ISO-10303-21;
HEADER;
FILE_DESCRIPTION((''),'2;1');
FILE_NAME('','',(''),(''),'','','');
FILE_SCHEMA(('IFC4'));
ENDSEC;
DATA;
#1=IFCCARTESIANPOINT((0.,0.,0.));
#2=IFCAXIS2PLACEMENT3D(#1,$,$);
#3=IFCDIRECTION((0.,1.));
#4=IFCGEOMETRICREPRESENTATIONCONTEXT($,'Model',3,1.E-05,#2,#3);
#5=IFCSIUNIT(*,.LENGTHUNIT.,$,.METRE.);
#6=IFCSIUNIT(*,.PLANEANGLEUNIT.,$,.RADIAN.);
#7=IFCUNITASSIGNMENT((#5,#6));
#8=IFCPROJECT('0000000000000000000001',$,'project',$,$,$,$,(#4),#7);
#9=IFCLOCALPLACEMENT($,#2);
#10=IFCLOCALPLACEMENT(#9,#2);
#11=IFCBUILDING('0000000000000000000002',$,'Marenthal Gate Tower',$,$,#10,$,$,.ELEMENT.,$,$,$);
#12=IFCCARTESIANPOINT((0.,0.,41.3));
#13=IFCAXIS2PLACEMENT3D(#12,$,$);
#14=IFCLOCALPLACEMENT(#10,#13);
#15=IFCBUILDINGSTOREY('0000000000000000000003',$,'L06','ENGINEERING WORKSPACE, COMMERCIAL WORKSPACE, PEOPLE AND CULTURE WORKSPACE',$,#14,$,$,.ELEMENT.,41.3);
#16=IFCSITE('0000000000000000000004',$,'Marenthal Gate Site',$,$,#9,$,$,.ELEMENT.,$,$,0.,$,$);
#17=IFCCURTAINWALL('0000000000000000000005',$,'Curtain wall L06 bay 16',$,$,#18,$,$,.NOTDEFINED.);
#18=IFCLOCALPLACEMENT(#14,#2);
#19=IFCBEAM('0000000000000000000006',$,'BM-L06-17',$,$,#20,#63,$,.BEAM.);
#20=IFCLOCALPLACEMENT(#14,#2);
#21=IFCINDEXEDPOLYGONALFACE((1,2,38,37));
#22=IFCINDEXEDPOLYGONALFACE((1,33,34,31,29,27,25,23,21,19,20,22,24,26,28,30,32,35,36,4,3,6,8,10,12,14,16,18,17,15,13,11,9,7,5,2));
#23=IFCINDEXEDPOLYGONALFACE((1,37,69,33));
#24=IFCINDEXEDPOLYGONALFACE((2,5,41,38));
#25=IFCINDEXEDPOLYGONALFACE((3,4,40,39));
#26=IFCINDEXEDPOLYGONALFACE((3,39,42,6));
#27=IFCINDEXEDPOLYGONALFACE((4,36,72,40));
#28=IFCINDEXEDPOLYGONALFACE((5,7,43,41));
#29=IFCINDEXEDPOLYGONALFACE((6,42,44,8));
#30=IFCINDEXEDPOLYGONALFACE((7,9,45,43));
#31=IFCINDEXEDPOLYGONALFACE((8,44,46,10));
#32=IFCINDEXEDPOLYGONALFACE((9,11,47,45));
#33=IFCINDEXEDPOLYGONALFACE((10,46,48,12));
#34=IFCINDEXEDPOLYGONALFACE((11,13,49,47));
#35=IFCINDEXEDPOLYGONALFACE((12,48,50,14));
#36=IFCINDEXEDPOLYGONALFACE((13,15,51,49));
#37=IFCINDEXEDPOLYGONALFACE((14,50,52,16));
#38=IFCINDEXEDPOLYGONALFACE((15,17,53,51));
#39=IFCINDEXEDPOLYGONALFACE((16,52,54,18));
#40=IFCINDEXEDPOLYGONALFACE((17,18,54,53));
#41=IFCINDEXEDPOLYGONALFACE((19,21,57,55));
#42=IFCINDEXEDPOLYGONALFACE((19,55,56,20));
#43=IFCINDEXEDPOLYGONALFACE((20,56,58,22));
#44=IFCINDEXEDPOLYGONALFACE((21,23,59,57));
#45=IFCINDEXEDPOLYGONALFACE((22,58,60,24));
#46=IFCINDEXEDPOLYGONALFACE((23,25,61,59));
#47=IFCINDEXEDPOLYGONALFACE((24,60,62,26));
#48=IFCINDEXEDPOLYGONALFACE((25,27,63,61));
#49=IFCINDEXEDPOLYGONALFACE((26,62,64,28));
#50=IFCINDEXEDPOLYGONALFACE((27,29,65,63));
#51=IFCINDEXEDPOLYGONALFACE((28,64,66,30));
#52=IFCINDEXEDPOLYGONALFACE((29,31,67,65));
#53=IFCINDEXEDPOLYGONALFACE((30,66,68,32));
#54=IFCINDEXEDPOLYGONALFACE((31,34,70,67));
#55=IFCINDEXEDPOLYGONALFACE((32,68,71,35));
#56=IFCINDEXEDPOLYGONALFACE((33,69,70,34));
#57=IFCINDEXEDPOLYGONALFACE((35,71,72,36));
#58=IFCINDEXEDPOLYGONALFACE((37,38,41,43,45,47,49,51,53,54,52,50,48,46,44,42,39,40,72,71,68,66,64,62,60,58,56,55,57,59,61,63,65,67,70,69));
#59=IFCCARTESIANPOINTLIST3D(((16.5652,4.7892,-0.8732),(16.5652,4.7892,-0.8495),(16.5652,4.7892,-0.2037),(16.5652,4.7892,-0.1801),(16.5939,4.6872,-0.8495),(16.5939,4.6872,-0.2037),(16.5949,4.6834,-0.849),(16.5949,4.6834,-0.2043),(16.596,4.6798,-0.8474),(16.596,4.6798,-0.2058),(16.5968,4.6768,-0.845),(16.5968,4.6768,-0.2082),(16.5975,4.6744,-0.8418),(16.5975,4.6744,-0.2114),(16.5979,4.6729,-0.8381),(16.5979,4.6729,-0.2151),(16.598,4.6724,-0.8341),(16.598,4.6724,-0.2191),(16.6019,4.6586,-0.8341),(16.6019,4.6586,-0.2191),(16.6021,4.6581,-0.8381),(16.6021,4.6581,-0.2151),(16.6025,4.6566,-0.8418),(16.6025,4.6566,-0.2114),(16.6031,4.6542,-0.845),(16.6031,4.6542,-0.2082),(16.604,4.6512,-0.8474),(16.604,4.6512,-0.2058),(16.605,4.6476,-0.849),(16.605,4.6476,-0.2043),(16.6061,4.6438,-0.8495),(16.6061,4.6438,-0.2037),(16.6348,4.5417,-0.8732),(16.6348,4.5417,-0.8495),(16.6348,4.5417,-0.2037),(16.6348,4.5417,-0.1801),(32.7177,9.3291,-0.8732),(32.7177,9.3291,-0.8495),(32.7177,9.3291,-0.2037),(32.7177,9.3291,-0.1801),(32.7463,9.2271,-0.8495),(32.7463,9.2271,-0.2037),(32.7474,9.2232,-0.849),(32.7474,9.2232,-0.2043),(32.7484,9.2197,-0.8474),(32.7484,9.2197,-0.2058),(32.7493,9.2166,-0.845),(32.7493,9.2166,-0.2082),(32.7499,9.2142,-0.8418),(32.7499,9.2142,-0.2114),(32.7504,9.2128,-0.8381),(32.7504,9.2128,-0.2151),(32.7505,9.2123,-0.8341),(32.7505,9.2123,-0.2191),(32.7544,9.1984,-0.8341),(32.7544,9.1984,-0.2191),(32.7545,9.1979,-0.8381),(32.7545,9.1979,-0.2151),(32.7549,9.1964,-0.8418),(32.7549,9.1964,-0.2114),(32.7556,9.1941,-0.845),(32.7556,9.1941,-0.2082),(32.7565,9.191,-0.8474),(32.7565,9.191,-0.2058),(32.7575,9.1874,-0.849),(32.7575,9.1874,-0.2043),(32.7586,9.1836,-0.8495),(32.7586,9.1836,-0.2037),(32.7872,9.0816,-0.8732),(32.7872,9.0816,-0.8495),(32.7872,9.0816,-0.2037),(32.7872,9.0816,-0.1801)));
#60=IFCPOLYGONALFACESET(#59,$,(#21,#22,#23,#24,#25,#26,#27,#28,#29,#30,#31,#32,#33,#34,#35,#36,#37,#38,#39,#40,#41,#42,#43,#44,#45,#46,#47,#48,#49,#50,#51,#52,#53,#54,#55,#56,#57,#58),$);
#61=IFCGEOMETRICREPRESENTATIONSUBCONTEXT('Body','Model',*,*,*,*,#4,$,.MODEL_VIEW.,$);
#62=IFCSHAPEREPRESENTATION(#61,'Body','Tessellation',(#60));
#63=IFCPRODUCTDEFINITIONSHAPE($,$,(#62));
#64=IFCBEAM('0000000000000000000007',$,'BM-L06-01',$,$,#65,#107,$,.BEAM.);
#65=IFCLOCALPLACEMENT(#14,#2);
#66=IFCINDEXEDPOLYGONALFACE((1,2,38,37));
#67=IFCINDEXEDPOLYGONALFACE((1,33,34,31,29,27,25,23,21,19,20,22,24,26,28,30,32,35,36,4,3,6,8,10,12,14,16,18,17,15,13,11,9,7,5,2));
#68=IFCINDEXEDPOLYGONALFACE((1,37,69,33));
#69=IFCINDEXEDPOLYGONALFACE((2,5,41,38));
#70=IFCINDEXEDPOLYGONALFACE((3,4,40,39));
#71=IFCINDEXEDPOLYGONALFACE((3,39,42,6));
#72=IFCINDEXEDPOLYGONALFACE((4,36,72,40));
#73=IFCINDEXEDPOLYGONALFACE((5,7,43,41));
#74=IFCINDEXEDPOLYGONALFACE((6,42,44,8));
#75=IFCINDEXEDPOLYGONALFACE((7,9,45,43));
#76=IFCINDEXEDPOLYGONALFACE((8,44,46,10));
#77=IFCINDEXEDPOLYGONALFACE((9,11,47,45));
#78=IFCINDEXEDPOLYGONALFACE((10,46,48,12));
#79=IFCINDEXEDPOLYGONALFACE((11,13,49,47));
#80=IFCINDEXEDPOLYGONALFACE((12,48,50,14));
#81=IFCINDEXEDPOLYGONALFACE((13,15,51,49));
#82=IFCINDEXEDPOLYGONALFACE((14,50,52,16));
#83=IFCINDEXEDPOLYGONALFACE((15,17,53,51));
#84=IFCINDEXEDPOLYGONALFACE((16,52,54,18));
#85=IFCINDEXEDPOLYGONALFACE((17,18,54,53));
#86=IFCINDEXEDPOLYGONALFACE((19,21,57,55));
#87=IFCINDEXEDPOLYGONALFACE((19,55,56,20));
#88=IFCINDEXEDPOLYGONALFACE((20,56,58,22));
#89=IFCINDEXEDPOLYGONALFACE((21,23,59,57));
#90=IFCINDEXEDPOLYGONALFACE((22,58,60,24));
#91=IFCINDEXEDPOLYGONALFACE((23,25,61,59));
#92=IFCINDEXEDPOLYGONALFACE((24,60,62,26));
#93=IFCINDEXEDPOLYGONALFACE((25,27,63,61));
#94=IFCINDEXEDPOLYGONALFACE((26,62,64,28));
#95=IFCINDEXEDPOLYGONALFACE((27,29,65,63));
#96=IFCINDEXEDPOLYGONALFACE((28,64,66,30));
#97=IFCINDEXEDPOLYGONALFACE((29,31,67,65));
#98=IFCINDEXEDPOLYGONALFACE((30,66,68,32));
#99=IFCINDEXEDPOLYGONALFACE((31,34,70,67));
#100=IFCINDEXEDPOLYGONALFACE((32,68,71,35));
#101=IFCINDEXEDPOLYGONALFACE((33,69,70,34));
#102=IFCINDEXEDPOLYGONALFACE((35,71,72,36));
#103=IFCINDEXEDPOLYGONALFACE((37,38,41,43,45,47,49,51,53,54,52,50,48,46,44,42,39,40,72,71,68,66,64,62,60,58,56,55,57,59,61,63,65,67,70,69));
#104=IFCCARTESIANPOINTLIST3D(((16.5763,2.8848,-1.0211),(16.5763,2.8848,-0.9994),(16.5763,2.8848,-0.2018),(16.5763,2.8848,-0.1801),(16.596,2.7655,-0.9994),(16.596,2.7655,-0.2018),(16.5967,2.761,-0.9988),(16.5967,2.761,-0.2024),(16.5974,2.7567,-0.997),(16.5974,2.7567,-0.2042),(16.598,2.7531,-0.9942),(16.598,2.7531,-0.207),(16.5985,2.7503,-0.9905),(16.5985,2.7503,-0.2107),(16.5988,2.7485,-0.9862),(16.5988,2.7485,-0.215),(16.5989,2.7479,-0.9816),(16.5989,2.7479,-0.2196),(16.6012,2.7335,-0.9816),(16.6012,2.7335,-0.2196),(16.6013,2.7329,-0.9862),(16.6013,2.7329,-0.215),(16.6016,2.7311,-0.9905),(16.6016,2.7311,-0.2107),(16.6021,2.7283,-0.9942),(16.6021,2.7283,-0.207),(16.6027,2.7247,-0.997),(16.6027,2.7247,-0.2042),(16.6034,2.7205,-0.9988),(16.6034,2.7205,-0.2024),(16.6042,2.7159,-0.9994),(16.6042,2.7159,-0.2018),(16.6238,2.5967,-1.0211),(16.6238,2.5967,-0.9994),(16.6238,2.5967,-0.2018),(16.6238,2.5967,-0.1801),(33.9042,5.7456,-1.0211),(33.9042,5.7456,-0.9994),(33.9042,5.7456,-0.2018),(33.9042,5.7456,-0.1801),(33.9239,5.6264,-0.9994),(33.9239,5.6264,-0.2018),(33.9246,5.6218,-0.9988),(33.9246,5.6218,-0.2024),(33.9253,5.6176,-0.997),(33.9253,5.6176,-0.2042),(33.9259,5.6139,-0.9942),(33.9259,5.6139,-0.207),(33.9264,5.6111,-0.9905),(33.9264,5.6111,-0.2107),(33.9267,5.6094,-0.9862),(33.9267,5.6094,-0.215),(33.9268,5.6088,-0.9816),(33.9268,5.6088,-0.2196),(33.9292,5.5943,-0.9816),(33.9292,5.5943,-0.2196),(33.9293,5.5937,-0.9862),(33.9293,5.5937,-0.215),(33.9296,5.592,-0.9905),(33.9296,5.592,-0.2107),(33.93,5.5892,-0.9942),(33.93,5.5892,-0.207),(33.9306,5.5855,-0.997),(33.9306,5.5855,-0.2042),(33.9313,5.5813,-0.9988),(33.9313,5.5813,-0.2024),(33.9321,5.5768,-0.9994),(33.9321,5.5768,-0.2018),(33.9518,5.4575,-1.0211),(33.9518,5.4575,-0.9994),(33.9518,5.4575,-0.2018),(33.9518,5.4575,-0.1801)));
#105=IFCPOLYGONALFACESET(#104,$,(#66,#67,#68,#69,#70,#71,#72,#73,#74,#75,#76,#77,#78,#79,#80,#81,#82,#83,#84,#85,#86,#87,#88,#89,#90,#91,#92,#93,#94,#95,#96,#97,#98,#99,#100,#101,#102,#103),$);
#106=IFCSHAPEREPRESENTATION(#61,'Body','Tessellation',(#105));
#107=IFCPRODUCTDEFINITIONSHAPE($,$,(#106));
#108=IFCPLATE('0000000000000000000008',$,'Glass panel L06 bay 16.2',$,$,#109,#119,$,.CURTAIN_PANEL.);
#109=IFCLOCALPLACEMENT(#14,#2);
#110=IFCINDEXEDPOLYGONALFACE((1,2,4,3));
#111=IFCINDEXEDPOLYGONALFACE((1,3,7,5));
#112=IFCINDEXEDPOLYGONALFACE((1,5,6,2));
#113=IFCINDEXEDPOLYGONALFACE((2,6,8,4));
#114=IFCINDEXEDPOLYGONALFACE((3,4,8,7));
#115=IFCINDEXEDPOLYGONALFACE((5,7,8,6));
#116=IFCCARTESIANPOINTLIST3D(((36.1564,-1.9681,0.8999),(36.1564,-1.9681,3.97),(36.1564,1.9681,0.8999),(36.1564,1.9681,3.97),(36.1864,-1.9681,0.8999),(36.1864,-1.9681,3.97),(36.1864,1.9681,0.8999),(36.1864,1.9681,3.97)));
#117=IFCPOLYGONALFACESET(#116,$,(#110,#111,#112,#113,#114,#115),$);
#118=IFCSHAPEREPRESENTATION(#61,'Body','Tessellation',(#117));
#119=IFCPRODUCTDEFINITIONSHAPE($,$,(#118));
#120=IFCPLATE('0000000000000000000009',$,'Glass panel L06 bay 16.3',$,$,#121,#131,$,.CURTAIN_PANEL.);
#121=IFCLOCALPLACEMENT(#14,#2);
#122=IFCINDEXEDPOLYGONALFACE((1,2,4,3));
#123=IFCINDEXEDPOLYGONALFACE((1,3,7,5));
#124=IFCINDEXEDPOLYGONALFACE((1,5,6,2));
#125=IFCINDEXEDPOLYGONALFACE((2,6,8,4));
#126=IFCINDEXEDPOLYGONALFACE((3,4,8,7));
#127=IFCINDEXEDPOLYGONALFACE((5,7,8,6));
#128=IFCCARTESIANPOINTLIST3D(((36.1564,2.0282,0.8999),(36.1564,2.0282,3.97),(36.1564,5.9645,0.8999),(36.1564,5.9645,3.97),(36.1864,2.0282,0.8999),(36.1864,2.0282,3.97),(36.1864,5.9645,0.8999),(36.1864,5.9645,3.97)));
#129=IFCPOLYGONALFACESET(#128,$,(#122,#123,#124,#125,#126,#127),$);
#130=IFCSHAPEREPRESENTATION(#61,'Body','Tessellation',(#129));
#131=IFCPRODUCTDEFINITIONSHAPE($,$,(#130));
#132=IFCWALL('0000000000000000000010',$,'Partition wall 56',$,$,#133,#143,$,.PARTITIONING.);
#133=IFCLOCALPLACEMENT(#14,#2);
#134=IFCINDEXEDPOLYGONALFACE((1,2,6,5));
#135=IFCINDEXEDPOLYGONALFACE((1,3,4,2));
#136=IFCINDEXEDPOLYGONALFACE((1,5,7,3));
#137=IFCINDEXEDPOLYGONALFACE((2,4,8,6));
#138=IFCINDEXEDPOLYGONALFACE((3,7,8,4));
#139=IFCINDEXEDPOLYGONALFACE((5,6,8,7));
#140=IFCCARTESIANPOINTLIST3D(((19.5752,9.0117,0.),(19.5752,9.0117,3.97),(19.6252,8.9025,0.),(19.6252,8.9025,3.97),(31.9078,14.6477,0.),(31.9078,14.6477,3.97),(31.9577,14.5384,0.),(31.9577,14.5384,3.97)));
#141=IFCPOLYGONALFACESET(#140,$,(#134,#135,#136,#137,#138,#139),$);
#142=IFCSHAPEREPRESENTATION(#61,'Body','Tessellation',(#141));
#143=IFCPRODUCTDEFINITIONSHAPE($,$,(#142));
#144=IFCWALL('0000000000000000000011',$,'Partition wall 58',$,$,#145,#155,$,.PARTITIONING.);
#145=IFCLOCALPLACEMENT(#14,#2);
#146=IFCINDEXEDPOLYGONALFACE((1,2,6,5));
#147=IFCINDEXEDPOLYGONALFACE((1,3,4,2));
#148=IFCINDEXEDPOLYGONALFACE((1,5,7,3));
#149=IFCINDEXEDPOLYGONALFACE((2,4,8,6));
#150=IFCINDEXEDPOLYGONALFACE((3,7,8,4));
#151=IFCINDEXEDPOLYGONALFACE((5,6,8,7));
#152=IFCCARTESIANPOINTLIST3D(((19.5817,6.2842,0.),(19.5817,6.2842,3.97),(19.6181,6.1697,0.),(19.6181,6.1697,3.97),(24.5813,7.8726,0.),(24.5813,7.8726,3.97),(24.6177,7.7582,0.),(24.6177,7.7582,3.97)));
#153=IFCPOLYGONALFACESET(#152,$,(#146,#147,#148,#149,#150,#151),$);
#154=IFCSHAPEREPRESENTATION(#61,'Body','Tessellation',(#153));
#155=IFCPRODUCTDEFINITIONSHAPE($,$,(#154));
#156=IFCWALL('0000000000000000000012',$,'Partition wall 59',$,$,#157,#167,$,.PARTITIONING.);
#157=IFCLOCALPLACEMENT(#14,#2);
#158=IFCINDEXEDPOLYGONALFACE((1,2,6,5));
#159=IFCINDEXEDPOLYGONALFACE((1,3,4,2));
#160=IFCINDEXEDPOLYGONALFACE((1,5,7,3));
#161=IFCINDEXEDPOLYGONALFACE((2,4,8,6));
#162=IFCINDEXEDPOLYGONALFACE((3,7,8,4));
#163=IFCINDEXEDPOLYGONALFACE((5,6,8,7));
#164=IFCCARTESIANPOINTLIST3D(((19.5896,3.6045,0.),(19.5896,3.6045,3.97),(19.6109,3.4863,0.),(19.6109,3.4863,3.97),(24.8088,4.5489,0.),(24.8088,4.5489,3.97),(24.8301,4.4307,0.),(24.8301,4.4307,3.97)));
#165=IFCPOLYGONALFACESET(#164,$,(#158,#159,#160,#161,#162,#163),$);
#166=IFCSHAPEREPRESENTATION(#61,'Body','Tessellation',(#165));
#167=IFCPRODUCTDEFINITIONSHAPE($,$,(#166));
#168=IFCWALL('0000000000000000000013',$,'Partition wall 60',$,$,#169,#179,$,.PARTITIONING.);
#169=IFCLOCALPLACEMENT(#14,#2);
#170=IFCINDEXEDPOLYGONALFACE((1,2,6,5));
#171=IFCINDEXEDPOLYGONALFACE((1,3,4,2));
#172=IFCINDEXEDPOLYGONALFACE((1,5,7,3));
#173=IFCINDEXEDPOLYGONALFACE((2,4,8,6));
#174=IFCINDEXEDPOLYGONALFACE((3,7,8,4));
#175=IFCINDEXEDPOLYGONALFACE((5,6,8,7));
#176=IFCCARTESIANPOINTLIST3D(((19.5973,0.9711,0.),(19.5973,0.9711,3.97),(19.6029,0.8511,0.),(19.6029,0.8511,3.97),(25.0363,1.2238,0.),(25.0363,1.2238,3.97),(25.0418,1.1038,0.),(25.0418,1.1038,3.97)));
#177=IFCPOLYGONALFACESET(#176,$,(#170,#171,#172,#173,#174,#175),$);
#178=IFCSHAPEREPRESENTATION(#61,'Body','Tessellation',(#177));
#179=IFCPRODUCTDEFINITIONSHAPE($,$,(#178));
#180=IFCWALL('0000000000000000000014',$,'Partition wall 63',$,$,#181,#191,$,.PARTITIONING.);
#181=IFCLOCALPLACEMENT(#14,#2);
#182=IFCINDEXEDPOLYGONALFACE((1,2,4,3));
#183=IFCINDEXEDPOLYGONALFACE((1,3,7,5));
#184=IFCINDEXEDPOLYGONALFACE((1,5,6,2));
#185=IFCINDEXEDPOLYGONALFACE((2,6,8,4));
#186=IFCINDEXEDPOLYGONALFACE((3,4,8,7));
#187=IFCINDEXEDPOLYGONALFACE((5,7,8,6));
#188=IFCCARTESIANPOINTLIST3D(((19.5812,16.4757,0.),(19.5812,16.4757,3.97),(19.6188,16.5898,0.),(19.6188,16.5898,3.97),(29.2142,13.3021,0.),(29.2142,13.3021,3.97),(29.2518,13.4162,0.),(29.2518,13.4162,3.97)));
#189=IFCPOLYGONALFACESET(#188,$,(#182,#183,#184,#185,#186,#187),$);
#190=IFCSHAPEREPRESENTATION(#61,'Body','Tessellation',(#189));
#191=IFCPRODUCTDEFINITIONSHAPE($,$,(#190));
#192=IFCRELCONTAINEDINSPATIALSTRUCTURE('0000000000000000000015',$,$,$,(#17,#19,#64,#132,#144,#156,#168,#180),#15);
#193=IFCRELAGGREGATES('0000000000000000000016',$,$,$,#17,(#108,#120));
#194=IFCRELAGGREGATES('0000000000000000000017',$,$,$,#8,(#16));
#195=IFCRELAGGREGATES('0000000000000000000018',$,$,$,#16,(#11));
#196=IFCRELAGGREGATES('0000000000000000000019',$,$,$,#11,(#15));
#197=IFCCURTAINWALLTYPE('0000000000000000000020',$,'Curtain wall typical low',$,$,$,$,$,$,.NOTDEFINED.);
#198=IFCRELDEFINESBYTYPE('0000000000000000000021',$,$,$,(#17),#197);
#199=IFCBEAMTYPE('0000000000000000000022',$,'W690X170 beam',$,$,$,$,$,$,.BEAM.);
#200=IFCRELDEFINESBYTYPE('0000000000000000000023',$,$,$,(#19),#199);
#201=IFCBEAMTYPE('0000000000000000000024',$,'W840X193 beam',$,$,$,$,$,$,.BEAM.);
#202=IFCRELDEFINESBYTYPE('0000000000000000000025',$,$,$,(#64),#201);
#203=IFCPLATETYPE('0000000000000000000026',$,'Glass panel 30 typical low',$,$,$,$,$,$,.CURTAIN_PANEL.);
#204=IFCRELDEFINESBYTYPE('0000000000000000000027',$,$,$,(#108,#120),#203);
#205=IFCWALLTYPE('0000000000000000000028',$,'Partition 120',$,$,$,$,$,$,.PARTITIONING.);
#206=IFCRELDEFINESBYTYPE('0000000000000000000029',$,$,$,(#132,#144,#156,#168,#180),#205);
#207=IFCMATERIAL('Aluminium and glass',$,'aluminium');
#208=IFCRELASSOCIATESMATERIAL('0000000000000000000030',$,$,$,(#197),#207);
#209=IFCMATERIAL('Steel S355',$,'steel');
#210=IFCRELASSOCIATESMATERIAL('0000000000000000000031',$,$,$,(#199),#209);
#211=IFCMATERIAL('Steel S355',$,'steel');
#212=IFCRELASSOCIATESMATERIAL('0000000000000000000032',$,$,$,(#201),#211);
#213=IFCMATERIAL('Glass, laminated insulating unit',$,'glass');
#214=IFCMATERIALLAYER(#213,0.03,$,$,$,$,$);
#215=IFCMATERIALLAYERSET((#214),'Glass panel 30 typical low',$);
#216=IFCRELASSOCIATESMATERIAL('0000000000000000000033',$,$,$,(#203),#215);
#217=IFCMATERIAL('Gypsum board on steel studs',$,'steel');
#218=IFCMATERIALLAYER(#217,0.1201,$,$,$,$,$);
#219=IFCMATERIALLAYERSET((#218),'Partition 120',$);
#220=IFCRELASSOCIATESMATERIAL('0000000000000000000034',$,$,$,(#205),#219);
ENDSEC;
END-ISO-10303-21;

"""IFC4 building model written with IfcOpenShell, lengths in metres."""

from ifc_helpers import new_model, si_unit, direction, frame, frame_2d, origin, origin_2d, place, context, subcontext, project, spatial, rectangle, i_section, extrude, material, layer, layer_set, material_profile, profile_set, type_object, element, aggregate, save


model = new_model("IFC4")

# Units and contexts
model_context = context("Model", 3, precision=1e-05, world=origin(), true_north=direction((0.0, 1.0)))
body_context = subcontext(model_context, "Body", "Model", "MODEL_VIEW")
ifc_project = project(units=[si_unit("LENGTHUNIT", "METRE"), si_unit("PLANEANGLEUNIT", "RADIAN")], contexts=[model_context])

# Site, building, storey
site_placement = place(None, origin())
site = spatial("IfcSite", under=ifc_project, at=site_placement, Name="Marenthal Gate Site", CompositionType="ELEMENT", RefElevation=0.0)
building_placement = place(site_placement, origin())
building = spatial("IfcBuilding", under=site, at=building_placement, Name="Marenthal Gate Tower", CompositionType="ELEMENT")
storey_placement = place(building_placement, frame((0.0, 0.0, 41.3)))
storey = spatial("IfcBuildingStorey", under=building, at=storey_placement, Name="L06", Description="ENGINEERING WORKSPACE, COMMERCIAL WORKSPACE, PEOPLE AND CULTURE WORKSPACE", CompositionType="ELEMENT", Elevation=41.3)

# Curtain wall
ifc_material_1 = material(Name="Aluminium and glass", Category="aluminium")
curtain_wall_type = type_object("IfcCurtainWallType", Name="Curtain wall typical low", PredefinedType="NOTDEFINED", material=ifc_material_1)
curtain_wall_placement = place(storey_placement, origin())
curtain_wall = element("IfcCurtainWall", 1, at=curtain_wall_placement, inside=storey, type_object=curtain_wall_type, Name="Curtain wall L06 bay 16", PredefinedType="NOTDEFINED")

# Beams
ifc_material_2 = material(Name="Steel S355", Category="steel")
ifc_material_profile_1 = material_profile(ifc_material_2, i_section(OverallWidth=0.2571, OverallDepth=0.6931, WebThickness=0.0144, FlangeThickness=0.0237, FilletRadius=0.0154, at=origin_2d()), Name="W690X170")
ifc_profile_set_1 = profile_set([ifc_material_profile_1], Name="Steel S355")
beam_type_1 = type_object("IfcBeamType", Name="W690X170 beam", PredefinedType="BEAM", material=ifc_profile_set_1)
beam_1_placement = place(storey_placement, frame((32.7524, 9.2053, -0.5266), z_axis=(-0.962698, -0.270577, 0.0), x_axis=(0.270577, -0.962698, 0.0)))
element("IfcBeam", 2, at=beam_1_placement, inside=storey, type_object=beam_type_1, Name="BM-L06-17", PredefinedType="BEAM", context=body_context, shape_type="SweptSolid", body=[
    extrude(i_section(OverallWidth=0.2571, OverallDepth=0.6931, WebThickness=0.0144, FlangeThickness=0.0237, FilletRadius=0.0154, at=origin_2d()), origin(), (0.0, 0.0, 1.0), 16.7783),
])
ifc_material_3 = material(Name="Steel S355", Category="steel")
ifc_material_profile_2 = material_profile(ifc_material_3, i_section(OverallWidth=0.292, OverallDepth=0.8411, WebThickness=0.0146, FlangeThickness=0.0217, FilletRadius=0.0178, at=origin_2d()), Name="W840X193")
ifc_profile_set_2 = profile_set([ifc_material_profile_2], Name="Steel S355")
beam_type_2 = type_object("IfcBeamType", Name="W840X193 beam", PredefinedType="BEAM", material=ifc_profile_set_2)
beam_2_placement = place(storey_placement, frame((33.928, 5.6016, -0.6006), z_axis=(-0.986643, -0.162895, 0.0), x_axis=(0.162895, -0.986643, 0.0)))
element("IfcBeam", 3, at=beam_2_placement, inside=storey, type_object=beam_type_2, Name="BM-L06-01", PredefinedType="BEAM", context=body_context, shape_type="SweptSolid", body=[
    extrude(i_section(OverallWidth=0.292, OverallDepth=0.8411, WebThickness=0.0146, FlangeThickness=0.0217, FilletRadius=0.0178, at=origin_2d()), origin(), (0.0, 0.0, 1.0), 17.5625),
])

# Plates
ifc_material_4 = material(Name="Glass, laminated insulating unit", Category="glass")
ifc_layer_1 = layer(ifc_material_4, 0.03)
ifc_layer_set_1 = layer_set([ifc_layer_1], Name="Glass panel 30 typical low")
plate_type = type_object("IfcPlateType", Name="Glass panel 30 typical low", PredefinedType="CURTAIN_PANEL", material=ifc_layer_set_1)
plate_1_placement = place(storey_placement, frame((36.1714, 0.0, 0.8999), z_axis=(0.0, 0.0, 1.0), x_axis=(0.0, 1.0, 0.0)))
plate_1 = element("IfcPlate", 4, at=plate_1_placement, type_object=plate_type, Name="Glass panel L06 bay 16.2", PredefinedType="CURTAIN_PANEL", context=body_context, shape_type="SweptSolid", body=[
    extrude(rectangle(XDim=3.9363, YDim=0.03, at=origin_2d()), origin(), (0.0, 0.0, 1.0), 3.0701),
])
plate_2_placement = place(storey_placement, frame((36.1714, 3.9963, 0.8999), z_axis=(0.0, 0.0, 1.0), x_axis=(0.0, 1.0, 0.0)))
plate_2 = element("IfcPlate", 5, at=plate_2_placement, type_object=plate_type, Name="Glass panel L06 bay 16.3", PredefinedType="CURTAIN_PANEL", context=body_context, shape_type="SweptSolid", body=[
    extrude(rectangle(XDim=3.9363, YDim=0.03, at=origin_2d()), origin(), (0.0, 0.0, 1.0), 3.0701),
])
aggregate(curtain_wall, [plate_1, plate_2])

# Walls
ifc_material_5 = material(Name="Gypsum board on steel studs", Category="steel")
ifc_layer_2 = layer(ifc_material_5, 0.1201)
ifc_layer_set_2 = layer_set([ifc_layer_2], Name="Partition 120")
wall_type_1 = type_object("IfcWallType", Name="Partition 120", PredefinedType="PARTITIONING", material=ifc_layer_set_2)
wall_1_placement = place(storey_placement, frame((19.6001, 8.957, 0.0), z_axis=(0.0, 0.0, 1.0), x_axis=(0.909523, 0.415654, 0.0)))
element("IfcWall", 6, at=wall_1_placement, inside=storey, type_object=wall_type_1, Name="Partition wall 56", PredefinedType="PARTITIONING", context=body_context, shape_type="SweptSolid", body=[
    extrude(rectangle(XDim=13.5593, YDim=0.1201, at=frame_2d((6.7798, 0.0))), origin(), (0.0, 0.0, 1.0), 3.97),
])
wall_2_placement = place(storey_placement, frame((24.5996, 7.8154, 0.0), z_axis=(0.0, 0.0, 1.0), x_axis=(-0.953056, -0.302793, 0.0)))
element("IfcWall", 7, at=wall_2_placement, inside=storey, type_object=wall_type_1, Name="Partition wall 58", PredefinedType="PARTITIONING", context=body_context, shape_type="SweptSolid", body=[
    extrude(rectangle(XDim=5.2458, YDim=0.1201, at=frame_2d((2.623, 0.0))), origin(), (0.0, 0.0, 1.0), 3.97),
])
wall_3_placement = place(storey_placement, frame((24.8193, 4.4897, 0.0), z_axis=(0.0, 0.0, 1.0), x_axis=(-0.984023, -0.178043, 0.0)))
element("IfcWall", 8, at=wall_3_placement, inside=storey, type_object=wall_type_1, Name="Partition wall 59", PredefinedType="PARTITIONING", context=body_context, shape_type="SweptSolid", body=[
    extrude(rectangle(XDim=5.304, YDim=0.1201, at=frame_2d((2.6519, 0.0))), origin(), (0.0, 0.0, 1.0), 3.97),
])
wall_4_placement = place(storey_placement, frame((25.0391, 1.1638, 0.0), z_axis=(0.0, 0.0, 1.0), x_axis=(-0.998923, -0.046408, 0.0)))
element("IfcWall", 9, at=wall_4_placement, inside=storey, type_object=wall_type_1, Name="Partition wall 60", PredefinedType="PARTITIONING", context=body_context, shape_type="SweptSolid", body=[
    extrude(rectangle(XDim=5.4448, YDim=0.1201, at=frame_2d((2.7224, 0.0))), origin(), (0.0, 0.0, 1.0), 3.97),
])
wall_5_placement = place(storey_placement, frame((29.2332, 13.3591, 0.0), z_axis=(0.0, 0.0, 1.0), x_axis=(-0.949785, 0.312904, 0.0)))
element("IfcWall", 10, at=wall_5_placement, inside=storey, type_object=wall_type_1, Name="Partition wall 63", PredefinedType="PARTITIONING", context=body_context, shape_type="SweptSolid", body=[
    extrude(rectangle(XDim=10.1423, YDim=0.1201, at=frame_2d((5.0713, 0.0))), origin(), (0.0, 0.0, 1.0), 3.97),
])

save(model, "model.ifc")
